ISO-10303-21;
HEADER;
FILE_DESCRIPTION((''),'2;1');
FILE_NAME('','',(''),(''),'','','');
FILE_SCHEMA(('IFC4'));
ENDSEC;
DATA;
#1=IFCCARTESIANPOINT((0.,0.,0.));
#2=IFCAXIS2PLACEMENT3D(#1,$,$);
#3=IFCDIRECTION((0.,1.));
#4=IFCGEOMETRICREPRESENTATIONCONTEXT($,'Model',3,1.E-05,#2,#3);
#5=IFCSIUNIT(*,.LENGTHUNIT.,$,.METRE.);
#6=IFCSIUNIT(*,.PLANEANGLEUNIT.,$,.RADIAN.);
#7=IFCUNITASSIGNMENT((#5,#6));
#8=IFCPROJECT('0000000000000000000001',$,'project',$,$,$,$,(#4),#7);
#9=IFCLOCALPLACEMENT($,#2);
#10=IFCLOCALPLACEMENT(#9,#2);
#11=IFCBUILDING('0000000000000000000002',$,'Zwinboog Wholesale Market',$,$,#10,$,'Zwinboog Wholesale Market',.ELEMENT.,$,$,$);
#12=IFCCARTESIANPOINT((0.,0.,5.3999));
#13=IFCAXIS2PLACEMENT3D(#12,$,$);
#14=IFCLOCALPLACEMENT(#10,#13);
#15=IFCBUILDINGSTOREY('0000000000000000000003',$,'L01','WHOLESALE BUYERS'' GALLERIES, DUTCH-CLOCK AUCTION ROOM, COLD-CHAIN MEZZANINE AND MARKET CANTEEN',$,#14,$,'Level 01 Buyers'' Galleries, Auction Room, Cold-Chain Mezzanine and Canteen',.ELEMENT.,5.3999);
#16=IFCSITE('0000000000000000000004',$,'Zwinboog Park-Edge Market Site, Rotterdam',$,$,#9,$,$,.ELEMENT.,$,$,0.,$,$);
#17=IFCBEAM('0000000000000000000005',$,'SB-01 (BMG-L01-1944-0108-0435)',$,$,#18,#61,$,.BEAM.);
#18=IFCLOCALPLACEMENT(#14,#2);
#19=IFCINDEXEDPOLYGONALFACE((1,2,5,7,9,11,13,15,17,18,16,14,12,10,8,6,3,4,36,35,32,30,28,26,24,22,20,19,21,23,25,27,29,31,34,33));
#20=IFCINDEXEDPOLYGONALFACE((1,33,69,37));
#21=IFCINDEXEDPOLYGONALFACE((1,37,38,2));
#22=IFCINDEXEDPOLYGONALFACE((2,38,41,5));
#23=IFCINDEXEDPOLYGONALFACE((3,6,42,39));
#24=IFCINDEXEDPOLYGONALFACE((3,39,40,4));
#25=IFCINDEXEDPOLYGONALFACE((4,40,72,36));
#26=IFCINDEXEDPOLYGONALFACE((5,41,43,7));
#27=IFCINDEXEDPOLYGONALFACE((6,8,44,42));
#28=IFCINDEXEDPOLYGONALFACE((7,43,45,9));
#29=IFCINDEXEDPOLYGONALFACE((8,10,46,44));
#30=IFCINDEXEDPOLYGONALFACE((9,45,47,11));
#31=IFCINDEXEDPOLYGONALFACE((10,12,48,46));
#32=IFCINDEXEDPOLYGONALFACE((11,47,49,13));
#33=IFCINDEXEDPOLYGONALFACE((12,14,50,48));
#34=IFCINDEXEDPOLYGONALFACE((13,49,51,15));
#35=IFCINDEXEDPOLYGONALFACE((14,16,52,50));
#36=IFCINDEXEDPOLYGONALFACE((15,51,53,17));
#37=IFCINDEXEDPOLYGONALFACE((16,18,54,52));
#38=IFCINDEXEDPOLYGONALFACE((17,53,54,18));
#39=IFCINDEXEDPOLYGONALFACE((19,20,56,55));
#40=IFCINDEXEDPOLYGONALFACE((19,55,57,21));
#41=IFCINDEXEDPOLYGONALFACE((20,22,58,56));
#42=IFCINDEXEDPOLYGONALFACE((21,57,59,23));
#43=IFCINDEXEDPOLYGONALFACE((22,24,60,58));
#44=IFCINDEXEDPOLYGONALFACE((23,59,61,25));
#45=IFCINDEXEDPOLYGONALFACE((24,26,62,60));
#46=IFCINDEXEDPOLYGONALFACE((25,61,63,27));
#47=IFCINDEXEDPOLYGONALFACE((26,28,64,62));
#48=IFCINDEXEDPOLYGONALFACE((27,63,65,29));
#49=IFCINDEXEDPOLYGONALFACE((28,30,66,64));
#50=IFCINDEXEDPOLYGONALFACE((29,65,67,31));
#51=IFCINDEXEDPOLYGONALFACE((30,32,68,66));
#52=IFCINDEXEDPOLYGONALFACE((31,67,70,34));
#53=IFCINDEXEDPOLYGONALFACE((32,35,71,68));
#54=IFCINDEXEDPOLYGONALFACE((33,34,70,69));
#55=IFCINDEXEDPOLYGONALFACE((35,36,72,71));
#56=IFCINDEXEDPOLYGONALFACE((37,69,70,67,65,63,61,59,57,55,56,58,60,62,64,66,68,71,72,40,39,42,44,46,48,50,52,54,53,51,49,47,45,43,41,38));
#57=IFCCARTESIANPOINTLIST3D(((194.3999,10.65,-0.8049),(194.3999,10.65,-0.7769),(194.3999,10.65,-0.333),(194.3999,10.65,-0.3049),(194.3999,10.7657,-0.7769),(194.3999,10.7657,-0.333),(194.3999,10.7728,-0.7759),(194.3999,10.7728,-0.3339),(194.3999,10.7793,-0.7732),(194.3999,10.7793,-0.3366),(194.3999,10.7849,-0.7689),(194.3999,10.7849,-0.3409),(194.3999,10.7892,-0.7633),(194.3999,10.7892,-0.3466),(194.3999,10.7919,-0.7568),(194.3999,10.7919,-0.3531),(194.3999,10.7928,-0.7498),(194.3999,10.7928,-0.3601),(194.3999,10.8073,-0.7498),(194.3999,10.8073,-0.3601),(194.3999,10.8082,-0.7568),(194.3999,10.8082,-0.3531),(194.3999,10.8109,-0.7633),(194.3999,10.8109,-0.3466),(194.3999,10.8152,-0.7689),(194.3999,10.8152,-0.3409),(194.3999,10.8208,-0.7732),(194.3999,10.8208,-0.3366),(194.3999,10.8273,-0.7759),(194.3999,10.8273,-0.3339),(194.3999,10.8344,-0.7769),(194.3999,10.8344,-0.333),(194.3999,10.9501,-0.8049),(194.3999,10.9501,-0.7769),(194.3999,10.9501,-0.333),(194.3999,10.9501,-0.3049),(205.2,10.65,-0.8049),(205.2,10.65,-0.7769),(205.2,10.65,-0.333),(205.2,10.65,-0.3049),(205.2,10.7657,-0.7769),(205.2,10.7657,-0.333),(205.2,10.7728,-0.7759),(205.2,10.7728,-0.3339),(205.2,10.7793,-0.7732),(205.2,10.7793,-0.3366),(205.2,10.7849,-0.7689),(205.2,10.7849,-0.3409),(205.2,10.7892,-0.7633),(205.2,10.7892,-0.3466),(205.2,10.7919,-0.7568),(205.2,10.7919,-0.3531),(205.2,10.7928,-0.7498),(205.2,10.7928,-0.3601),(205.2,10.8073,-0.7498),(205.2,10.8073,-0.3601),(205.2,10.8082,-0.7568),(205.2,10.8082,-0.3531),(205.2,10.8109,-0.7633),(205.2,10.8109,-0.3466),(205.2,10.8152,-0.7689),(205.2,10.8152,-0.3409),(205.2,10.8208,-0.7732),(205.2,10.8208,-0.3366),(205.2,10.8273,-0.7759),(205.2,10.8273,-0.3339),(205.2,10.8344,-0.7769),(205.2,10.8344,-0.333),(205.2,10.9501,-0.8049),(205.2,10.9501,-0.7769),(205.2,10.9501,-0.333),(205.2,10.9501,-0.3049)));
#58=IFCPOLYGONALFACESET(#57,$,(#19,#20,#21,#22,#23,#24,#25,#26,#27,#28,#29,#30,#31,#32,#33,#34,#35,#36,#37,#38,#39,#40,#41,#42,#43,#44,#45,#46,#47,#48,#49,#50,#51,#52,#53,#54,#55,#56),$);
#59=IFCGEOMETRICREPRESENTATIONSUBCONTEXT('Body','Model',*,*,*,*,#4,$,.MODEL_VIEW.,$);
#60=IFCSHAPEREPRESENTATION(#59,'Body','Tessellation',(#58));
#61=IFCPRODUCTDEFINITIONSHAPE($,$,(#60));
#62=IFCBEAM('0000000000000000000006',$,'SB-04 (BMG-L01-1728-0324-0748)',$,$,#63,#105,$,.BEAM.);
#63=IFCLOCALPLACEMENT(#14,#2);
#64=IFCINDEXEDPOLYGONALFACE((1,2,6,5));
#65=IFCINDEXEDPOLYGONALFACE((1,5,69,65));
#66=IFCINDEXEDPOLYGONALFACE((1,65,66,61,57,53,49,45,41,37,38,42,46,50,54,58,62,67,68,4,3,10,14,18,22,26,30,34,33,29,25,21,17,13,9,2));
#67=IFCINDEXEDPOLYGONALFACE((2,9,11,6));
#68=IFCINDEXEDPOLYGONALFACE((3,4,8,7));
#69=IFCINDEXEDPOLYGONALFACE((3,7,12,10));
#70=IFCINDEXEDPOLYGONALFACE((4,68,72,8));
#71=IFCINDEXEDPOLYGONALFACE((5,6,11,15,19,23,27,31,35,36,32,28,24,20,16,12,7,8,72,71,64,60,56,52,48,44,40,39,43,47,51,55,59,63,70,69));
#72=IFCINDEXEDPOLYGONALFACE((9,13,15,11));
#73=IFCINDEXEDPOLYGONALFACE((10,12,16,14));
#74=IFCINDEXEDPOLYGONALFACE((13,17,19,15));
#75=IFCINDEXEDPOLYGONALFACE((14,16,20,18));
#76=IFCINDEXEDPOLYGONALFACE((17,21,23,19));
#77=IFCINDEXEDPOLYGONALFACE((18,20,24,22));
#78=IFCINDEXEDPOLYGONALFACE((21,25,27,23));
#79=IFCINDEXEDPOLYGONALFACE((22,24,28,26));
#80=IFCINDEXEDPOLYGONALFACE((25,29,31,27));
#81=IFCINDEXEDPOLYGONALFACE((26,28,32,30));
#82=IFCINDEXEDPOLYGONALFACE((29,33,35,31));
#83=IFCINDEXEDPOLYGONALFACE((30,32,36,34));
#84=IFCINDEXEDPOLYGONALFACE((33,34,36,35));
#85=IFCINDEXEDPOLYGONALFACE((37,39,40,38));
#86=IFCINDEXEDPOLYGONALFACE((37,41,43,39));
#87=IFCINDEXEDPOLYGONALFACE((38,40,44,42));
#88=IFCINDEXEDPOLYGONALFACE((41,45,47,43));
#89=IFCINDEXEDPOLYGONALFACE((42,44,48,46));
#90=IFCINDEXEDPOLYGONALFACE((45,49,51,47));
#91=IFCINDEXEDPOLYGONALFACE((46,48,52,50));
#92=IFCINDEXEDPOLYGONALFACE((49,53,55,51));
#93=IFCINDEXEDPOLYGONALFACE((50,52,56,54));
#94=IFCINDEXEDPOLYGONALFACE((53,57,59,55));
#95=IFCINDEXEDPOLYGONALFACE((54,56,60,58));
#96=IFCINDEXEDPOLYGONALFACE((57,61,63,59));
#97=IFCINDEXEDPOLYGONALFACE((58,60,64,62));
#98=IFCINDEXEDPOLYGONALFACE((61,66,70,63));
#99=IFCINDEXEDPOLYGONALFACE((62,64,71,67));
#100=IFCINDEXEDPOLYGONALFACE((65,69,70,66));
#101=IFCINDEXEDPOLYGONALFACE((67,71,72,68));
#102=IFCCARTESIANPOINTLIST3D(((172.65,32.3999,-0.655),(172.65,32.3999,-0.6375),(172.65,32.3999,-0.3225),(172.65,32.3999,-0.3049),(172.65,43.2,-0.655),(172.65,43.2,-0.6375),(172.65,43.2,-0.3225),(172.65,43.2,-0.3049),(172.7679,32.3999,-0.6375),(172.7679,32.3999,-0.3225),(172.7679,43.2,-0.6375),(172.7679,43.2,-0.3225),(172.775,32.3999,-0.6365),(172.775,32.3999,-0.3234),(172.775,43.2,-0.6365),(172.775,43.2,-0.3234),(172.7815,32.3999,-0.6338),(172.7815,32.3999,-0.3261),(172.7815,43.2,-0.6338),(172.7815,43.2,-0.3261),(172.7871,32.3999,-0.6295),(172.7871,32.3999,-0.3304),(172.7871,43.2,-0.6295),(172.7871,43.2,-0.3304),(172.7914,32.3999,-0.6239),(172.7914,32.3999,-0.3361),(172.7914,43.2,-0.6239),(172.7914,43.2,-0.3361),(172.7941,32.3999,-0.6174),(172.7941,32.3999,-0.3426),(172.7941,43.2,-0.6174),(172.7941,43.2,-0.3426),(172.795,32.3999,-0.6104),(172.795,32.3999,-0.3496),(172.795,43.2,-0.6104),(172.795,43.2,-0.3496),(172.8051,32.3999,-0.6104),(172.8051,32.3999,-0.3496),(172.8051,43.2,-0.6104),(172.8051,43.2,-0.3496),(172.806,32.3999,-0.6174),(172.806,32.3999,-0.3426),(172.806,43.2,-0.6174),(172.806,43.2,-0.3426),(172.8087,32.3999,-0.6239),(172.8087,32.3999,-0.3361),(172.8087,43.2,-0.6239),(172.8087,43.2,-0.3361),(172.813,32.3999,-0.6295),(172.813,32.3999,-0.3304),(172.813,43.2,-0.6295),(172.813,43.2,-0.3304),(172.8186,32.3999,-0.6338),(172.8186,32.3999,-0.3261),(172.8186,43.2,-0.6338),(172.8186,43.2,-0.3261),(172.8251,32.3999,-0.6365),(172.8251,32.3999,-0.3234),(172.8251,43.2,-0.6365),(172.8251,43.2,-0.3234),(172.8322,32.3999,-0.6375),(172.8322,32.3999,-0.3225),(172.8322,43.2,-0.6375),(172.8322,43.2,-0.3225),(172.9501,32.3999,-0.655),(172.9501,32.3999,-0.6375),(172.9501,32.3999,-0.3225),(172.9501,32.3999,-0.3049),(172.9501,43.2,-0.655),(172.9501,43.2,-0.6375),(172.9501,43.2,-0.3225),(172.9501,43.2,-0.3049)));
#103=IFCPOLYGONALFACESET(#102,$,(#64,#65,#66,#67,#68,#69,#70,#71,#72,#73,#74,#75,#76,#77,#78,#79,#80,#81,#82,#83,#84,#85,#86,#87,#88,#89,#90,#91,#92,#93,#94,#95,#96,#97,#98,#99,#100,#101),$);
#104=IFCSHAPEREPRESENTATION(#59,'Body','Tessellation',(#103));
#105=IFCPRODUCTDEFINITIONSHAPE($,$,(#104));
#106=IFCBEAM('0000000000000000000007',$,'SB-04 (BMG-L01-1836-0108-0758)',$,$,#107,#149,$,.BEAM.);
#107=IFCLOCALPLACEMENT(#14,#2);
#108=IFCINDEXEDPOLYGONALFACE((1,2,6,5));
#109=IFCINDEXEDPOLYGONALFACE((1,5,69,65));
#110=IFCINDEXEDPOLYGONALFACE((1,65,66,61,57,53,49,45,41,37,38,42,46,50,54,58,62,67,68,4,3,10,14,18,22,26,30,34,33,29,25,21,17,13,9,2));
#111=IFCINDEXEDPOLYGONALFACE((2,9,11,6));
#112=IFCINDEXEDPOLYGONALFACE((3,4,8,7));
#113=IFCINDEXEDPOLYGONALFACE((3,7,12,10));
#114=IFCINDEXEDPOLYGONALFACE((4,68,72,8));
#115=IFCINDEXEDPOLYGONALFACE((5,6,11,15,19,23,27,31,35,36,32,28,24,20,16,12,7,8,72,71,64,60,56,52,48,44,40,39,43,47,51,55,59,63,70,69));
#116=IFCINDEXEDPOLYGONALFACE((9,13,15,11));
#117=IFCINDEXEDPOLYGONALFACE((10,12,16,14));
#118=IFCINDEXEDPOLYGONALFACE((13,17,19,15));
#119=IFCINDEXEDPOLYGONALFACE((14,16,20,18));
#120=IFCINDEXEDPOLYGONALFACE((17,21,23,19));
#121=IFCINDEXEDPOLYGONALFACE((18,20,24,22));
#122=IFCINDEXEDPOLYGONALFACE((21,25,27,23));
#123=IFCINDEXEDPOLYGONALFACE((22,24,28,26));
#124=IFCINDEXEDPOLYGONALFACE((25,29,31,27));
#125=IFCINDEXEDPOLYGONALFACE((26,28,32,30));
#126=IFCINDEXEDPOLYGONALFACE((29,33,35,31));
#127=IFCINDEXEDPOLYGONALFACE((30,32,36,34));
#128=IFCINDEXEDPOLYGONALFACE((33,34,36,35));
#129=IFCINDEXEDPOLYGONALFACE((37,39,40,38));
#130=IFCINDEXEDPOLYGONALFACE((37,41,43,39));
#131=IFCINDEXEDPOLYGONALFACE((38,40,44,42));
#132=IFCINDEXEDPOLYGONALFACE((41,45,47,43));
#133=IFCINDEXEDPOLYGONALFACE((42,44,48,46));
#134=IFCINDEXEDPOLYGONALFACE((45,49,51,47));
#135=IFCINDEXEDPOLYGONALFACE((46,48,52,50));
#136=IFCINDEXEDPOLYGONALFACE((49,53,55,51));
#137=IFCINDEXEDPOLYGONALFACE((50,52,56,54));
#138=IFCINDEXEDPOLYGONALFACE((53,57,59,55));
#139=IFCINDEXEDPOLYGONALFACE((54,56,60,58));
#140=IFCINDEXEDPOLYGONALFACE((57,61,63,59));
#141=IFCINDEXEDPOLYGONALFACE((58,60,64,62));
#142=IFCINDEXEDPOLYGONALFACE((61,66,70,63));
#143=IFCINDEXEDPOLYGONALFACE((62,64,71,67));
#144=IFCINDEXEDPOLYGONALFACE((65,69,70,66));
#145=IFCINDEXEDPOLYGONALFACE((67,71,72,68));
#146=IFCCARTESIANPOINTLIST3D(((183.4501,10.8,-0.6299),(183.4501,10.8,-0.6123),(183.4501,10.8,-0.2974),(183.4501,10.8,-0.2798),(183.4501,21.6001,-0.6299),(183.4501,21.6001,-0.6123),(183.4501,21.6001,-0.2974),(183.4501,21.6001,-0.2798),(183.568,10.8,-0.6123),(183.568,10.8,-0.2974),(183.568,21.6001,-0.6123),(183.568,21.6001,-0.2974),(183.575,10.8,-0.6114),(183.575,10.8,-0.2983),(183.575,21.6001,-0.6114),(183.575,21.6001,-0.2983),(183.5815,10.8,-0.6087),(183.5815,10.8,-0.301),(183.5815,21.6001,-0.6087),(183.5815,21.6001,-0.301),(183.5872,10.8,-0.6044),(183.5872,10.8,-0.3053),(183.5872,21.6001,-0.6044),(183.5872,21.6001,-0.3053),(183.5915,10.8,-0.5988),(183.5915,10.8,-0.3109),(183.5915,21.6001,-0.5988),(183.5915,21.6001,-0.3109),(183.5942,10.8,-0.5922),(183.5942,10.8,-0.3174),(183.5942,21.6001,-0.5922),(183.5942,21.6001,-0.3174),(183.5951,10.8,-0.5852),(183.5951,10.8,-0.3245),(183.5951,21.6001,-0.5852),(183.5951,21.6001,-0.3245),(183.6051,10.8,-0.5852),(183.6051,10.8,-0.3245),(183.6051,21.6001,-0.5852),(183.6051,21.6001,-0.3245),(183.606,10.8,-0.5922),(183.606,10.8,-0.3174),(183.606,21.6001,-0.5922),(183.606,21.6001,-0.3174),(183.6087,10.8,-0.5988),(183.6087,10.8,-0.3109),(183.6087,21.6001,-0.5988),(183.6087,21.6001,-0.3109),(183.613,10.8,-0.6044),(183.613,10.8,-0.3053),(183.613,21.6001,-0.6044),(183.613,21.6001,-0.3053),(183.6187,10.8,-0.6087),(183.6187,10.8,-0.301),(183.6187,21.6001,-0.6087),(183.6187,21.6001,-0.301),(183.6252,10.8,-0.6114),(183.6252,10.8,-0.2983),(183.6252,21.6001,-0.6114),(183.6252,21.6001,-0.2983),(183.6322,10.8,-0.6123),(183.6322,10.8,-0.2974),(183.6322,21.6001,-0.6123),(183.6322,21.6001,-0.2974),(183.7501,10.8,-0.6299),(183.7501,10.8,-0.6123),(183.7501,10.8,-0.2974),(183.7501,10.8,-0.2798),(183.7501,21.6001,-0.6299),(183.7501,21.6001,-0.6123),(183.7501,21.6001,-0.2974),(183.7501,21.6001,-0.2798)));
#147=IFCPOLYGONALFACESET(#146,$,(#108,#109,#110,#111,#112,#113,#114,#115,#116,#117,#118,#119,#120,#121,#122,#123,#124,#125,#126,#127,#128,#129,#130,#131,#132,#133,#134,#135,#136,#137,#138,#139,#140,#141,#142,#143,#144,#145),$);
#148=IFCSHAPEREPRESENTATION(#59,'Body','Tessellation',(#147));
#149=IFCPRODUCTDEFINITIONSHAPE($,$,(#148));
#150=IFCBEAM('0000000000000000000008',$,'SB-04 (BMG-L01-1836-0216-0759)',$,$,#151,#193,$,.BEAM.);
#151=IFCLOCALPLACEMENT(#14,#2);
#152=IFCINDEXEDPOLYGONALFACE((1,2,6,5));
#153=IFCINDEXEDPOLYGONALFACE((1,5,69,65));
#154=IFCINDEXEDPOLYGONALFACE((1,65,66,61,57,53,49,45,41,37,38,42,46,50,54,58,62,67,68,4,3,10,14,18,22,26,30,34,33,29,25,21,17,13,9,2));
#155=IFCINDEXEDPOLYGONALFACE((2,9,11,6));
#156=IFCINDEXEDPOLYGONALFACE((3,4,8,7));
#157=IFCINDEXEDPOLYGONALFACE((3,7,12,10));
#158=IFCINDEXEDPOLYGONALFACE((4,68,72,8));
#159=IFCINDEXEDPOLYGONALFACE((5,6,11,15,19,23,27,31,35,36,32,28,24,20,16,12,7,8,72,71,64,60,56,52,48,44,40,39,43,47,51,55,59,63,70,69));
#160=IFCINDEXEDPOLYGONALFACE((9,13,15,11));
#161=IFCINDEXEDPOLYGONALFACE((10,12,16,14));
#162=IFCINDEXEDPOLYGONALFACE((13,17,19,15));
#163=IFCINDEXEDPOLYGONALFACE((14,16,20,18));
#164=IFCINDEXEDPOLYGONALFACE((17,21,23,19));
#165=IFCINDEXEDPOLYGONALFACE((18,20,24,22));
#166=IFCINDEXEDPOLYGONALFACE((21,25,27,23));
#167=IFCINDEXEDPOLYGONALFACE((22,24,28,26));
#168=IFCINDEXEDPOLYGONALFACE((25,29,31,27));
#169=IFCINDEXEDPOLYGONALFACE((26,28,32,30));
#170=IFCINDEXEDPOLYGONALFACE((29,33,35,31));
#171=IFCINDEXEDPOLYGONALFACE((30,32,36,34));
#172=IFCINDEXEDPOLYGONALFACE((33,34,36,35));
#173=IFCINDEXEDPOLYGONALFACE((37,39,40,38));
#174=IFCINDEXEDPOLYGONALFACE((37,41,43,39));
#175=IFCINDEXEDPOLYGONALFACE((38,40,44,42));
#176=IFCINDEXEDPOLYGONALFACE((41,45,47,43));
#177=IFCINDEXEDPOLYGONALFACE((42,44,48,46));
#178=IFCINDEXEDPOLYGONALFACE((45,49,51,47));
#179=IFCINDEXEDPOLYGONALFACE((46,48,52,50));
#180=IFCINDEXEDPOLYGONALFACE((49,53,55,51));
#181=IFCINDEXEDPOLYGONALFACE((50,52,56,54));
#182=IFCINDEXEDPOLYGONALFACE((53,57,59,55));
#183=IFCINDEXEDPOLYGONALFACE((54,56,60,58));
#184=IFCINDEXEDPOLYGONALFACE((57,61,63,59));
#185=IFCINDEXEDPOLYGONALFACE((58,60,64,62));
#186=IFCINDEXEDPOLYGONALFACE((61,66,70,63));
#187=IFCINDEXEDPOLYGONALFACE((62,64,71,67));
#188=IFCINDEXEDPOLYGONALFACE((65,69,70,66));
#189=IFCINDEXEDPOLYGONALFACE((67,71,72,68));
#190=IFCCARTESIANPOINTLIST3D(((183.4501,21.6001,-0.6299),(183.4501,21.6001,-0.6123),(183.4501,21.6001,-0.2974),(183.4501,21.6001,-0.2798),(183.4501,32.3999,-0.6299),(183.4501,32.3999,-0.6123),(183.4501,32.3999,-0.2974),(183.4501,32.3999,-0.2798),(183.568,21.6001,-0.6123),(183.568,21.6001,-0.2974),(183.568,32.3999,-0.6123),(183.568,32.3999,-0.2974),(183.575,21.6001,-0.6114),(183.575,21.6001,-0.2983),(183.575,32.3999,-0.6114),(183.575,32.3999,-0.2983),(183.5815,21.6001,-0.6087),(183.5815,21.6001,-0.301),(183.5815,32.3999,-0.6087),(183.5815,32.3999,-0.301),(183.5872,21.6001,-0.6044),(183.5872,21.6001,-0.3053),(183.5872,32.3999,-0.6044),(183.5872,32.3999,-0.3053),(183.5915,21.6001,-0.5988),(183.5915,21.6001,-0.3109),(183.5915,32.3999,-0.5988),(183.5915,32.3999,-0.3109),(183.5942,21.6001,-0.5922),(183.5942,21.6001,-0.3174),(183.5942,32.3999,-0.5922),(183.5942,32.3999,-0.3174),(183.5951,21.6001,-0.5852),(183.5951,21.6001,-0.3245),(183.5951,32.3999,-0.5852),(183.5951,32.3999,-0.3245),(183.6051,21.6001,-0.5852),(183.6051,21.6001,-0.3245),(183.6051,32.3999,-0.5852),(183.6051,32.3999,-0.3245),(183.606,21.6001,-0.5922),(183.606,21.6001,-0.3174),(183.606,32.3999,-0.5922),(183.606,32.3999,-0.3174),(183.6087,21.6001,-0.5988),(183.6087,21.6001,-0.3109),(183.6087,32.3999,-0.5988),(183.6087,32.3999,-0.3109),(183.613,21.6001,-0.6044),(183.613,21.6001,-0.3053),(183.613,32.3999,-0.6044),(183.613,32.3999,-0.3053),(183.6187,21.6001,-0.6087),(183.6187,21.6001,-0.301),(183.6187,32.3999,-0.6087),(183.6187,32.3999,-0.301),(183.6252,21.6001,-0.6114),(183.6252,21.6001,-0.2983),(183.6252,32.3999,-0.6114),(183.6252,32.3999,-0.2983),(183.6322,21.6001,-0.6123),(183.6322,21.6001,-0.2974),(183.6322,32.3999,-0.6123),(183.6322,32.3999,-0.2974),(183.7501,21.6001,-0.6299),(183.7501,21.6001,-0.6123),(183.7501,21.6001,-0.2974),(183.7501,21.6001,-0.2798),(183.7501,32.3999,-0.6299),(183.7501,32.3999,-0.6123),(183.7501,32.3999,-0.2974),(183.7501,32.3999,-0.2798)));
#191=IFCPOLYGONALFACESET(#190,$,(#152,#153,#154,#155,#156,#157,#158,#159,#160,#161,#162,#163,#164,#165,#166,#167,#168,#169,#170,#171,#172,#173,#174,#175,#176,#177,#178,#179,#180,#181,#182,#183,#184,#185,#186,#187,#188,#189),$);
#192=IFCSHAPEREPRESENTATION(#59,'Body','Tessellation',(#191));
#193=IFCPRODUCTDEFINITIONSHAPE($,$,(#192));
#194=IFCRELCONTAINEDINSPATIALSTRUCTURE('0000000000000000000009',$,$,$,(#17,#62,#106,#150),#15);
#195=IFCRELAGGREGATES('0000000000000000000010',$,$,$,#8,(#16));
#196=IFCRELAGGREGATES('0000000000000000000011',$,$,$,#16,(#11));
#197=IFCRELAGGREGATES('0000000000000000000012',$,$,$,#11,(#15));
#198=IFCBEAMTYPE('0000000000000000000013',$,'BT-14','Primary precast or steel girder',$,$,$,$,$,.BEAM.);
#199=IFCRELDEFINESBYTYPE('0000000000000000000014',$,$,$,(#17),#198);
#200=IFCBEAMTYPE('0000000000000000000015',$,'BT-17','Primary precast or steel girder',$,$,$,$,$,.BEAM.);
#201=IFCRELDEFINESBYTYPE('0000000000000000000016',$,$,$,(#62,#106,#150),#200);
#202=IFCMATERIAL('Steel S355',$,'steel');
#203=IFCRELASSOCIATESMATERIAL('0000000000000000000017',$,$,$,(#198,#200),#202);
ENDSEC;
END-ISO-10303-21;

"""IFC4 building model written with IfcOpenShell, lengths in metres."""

from ifc_helpers import new_model, si_unit, direction, frame, origin, origin_2d, place, context, subcontext, project, spatial, i_section, extrude, material, material_profile, profile_set, type_object, element, save


model = new_model("IFC4")

# Units and contexts
model_context = context("Model", 3, precision=1e-05, world=origin(), true_north=direction((0.0, 1.0)))
body_context = subcontext(model_context, "Body", "Model", "MODEL_VIEW")
ifc_project = project(units=[si_unit("LENGTHUNIT", "METRE"), si_unit("PLANEANGLEUNIT", "RADIAN")], contexts=[model_context])

# Site, building, storey
site_placement = place(None, origin())
site = spatial("IfcSite", under=ifc_project, at=site_placement, Name="Zwinboog Park-Edge Market Site, Rotterdam", CompositionType="ELEMENT", RefElevation=0.0)
building_placement = place(site_placement, origin())
building = spatial("IfcBuilding", under=site, at=building_placement, Name="Zwinboog Wholesale Market", LongName="Zwinboog Wholesale Market", CompositionType="ELEMENT")
storey_placement = place(building_placement, frame((0.0, 0.0, 5.3999)))
storey = spatial("IfcBuildingStorey", under=building, at=storey_placement, Name="L01", Description="WHOLESALE BUYERS' GALLERIES, DUTCH-CLOCK AUCTION ROOM, COLD-CHAIN MEZZANINE AND MARKET CANTEEN", LongName="Level 01 Buyers' Galleries, Auction Room, Cold-Chain Mezzanine and Canteen", CompositionType="ELEMENT", Elevation=5.3999)

# Beams
ifc_material_1 = material(Name="Steel S355", Category="steel")
ifc_material_profile_1 = material_profile(ifc_material_1, i_section(OverallWidth=0.3, OverallDepth=0.5, WebThickness=0.0144, FlangeThickness=0.0281, FilletRadius=0.0271, at=origin_2d()), Name="HEB 500")
ifc_profile_set_1 = profile_set([ifc_material_profile_1], Name="Steel S355")
beam_type_1 = type_object("IfcBeamType", Name="BT-14", Description="Primary precast or steel girder", PredefinedType="BEAM", material=ifc_profile_set_1)
beam_1_placement = place(storey_placement, frame((194.3999, 10.8, -0.5549), z_axis=(1.0, 0.0, 0.0), x_axis=(0.0, 1.0, 0.0)))
element("IfcBeam", 1, at=beam_1_placement, inside=storey, type_object=beam_type_1, Name="SB-01 (BMG-L01-1944-0108-0435)", PredefinedType="BEAM", context=body_context, shape_type="SweptSolid", body=[
    extrude(i_section(OverallWidth=0.3, OverallDepth=0.5, WebThickness=0.0144, FlangeThickness=0.0281, FilletRadius=0.0271, at=origin_2d()), origin(), (0.0, 0.0, 1.0), 10.8),
])
ifc_material_profile_2 = material_profile(ifc_material_1, i_section(OverallWidth=0.3, OverallDepth=0.3501, WebThickness=0.01, FlangeThickness=0.0176, FilletRadius=0.0271, at=origin_2d()), Name="HEA 360")
ifc_profile_set_2 = profile_set([ifc_material_profile_2], Name="Steel S355")
beam_type_2 = type_object("IfcBeamType", Name="BT-17", Description="Primary precast or steel girder", PredefinedType="BEAM", material=ifc_profile_set_2)
for number, where, z_axis, x_axis, name in (
    (2, (172.8, 32.3999, -0.48), (0.0, 1.0, 0.0), (-1.0, 0.0, 0.0), "SB-04 (BMG-L01-1728-0324-0748)"),
    (3, (183.6001, 10.8, -0.4548), (0.0, 1.0, 0.0), (-1.0, 0.0, 0.0), "SB-04 (BMG-L01-1836-0108-0758)"),
):
    element("IfcBeam", number, at=place(storey_placement, frame(where, z_axis=z_axis, x_axis=x_axis)), inside=storey, type_object=beam_type_2, Name=name, PredefinedType="BEAM", context=body_context, shape_type="SweptSolid", body=[
        extrude(i_section(OverallWidth=0.3, OverallDepth=0.3501, WebThickness=0.01, FlangeThickness=0.0176, FilletRadius=0.0271, at=origin_2d()), origin(), (0.0, 0.0, 1.0), 10.8),
    ])
beam_2_placement = place(storey_placement, frame((183.6001, 21.6001, -0.4548), z_axis=(0.0, 1.0, 0.0), x_axis=(-1.0, 0.0, 0.0)))
element("IfcBeam", 4, at=beam_2_placement, inside=storey, type_object=beam_type_2, Name="SB-04 (BMG-L01-1836-0216-0759)", PredefinedType="BEAM", context=body_context, shape_type="SweptSolid", body=[
    extrude(i_section(OverallWidth=0.3, OverallDepth=0.3501, WebThickness=0.01, FlangeThickness=0.0176, FilletRadius=0.0271, at=origin_2d()), origin(), (0.0, 0.0, 1.0), 10.7998),
])

save(model, "model.ifc")
